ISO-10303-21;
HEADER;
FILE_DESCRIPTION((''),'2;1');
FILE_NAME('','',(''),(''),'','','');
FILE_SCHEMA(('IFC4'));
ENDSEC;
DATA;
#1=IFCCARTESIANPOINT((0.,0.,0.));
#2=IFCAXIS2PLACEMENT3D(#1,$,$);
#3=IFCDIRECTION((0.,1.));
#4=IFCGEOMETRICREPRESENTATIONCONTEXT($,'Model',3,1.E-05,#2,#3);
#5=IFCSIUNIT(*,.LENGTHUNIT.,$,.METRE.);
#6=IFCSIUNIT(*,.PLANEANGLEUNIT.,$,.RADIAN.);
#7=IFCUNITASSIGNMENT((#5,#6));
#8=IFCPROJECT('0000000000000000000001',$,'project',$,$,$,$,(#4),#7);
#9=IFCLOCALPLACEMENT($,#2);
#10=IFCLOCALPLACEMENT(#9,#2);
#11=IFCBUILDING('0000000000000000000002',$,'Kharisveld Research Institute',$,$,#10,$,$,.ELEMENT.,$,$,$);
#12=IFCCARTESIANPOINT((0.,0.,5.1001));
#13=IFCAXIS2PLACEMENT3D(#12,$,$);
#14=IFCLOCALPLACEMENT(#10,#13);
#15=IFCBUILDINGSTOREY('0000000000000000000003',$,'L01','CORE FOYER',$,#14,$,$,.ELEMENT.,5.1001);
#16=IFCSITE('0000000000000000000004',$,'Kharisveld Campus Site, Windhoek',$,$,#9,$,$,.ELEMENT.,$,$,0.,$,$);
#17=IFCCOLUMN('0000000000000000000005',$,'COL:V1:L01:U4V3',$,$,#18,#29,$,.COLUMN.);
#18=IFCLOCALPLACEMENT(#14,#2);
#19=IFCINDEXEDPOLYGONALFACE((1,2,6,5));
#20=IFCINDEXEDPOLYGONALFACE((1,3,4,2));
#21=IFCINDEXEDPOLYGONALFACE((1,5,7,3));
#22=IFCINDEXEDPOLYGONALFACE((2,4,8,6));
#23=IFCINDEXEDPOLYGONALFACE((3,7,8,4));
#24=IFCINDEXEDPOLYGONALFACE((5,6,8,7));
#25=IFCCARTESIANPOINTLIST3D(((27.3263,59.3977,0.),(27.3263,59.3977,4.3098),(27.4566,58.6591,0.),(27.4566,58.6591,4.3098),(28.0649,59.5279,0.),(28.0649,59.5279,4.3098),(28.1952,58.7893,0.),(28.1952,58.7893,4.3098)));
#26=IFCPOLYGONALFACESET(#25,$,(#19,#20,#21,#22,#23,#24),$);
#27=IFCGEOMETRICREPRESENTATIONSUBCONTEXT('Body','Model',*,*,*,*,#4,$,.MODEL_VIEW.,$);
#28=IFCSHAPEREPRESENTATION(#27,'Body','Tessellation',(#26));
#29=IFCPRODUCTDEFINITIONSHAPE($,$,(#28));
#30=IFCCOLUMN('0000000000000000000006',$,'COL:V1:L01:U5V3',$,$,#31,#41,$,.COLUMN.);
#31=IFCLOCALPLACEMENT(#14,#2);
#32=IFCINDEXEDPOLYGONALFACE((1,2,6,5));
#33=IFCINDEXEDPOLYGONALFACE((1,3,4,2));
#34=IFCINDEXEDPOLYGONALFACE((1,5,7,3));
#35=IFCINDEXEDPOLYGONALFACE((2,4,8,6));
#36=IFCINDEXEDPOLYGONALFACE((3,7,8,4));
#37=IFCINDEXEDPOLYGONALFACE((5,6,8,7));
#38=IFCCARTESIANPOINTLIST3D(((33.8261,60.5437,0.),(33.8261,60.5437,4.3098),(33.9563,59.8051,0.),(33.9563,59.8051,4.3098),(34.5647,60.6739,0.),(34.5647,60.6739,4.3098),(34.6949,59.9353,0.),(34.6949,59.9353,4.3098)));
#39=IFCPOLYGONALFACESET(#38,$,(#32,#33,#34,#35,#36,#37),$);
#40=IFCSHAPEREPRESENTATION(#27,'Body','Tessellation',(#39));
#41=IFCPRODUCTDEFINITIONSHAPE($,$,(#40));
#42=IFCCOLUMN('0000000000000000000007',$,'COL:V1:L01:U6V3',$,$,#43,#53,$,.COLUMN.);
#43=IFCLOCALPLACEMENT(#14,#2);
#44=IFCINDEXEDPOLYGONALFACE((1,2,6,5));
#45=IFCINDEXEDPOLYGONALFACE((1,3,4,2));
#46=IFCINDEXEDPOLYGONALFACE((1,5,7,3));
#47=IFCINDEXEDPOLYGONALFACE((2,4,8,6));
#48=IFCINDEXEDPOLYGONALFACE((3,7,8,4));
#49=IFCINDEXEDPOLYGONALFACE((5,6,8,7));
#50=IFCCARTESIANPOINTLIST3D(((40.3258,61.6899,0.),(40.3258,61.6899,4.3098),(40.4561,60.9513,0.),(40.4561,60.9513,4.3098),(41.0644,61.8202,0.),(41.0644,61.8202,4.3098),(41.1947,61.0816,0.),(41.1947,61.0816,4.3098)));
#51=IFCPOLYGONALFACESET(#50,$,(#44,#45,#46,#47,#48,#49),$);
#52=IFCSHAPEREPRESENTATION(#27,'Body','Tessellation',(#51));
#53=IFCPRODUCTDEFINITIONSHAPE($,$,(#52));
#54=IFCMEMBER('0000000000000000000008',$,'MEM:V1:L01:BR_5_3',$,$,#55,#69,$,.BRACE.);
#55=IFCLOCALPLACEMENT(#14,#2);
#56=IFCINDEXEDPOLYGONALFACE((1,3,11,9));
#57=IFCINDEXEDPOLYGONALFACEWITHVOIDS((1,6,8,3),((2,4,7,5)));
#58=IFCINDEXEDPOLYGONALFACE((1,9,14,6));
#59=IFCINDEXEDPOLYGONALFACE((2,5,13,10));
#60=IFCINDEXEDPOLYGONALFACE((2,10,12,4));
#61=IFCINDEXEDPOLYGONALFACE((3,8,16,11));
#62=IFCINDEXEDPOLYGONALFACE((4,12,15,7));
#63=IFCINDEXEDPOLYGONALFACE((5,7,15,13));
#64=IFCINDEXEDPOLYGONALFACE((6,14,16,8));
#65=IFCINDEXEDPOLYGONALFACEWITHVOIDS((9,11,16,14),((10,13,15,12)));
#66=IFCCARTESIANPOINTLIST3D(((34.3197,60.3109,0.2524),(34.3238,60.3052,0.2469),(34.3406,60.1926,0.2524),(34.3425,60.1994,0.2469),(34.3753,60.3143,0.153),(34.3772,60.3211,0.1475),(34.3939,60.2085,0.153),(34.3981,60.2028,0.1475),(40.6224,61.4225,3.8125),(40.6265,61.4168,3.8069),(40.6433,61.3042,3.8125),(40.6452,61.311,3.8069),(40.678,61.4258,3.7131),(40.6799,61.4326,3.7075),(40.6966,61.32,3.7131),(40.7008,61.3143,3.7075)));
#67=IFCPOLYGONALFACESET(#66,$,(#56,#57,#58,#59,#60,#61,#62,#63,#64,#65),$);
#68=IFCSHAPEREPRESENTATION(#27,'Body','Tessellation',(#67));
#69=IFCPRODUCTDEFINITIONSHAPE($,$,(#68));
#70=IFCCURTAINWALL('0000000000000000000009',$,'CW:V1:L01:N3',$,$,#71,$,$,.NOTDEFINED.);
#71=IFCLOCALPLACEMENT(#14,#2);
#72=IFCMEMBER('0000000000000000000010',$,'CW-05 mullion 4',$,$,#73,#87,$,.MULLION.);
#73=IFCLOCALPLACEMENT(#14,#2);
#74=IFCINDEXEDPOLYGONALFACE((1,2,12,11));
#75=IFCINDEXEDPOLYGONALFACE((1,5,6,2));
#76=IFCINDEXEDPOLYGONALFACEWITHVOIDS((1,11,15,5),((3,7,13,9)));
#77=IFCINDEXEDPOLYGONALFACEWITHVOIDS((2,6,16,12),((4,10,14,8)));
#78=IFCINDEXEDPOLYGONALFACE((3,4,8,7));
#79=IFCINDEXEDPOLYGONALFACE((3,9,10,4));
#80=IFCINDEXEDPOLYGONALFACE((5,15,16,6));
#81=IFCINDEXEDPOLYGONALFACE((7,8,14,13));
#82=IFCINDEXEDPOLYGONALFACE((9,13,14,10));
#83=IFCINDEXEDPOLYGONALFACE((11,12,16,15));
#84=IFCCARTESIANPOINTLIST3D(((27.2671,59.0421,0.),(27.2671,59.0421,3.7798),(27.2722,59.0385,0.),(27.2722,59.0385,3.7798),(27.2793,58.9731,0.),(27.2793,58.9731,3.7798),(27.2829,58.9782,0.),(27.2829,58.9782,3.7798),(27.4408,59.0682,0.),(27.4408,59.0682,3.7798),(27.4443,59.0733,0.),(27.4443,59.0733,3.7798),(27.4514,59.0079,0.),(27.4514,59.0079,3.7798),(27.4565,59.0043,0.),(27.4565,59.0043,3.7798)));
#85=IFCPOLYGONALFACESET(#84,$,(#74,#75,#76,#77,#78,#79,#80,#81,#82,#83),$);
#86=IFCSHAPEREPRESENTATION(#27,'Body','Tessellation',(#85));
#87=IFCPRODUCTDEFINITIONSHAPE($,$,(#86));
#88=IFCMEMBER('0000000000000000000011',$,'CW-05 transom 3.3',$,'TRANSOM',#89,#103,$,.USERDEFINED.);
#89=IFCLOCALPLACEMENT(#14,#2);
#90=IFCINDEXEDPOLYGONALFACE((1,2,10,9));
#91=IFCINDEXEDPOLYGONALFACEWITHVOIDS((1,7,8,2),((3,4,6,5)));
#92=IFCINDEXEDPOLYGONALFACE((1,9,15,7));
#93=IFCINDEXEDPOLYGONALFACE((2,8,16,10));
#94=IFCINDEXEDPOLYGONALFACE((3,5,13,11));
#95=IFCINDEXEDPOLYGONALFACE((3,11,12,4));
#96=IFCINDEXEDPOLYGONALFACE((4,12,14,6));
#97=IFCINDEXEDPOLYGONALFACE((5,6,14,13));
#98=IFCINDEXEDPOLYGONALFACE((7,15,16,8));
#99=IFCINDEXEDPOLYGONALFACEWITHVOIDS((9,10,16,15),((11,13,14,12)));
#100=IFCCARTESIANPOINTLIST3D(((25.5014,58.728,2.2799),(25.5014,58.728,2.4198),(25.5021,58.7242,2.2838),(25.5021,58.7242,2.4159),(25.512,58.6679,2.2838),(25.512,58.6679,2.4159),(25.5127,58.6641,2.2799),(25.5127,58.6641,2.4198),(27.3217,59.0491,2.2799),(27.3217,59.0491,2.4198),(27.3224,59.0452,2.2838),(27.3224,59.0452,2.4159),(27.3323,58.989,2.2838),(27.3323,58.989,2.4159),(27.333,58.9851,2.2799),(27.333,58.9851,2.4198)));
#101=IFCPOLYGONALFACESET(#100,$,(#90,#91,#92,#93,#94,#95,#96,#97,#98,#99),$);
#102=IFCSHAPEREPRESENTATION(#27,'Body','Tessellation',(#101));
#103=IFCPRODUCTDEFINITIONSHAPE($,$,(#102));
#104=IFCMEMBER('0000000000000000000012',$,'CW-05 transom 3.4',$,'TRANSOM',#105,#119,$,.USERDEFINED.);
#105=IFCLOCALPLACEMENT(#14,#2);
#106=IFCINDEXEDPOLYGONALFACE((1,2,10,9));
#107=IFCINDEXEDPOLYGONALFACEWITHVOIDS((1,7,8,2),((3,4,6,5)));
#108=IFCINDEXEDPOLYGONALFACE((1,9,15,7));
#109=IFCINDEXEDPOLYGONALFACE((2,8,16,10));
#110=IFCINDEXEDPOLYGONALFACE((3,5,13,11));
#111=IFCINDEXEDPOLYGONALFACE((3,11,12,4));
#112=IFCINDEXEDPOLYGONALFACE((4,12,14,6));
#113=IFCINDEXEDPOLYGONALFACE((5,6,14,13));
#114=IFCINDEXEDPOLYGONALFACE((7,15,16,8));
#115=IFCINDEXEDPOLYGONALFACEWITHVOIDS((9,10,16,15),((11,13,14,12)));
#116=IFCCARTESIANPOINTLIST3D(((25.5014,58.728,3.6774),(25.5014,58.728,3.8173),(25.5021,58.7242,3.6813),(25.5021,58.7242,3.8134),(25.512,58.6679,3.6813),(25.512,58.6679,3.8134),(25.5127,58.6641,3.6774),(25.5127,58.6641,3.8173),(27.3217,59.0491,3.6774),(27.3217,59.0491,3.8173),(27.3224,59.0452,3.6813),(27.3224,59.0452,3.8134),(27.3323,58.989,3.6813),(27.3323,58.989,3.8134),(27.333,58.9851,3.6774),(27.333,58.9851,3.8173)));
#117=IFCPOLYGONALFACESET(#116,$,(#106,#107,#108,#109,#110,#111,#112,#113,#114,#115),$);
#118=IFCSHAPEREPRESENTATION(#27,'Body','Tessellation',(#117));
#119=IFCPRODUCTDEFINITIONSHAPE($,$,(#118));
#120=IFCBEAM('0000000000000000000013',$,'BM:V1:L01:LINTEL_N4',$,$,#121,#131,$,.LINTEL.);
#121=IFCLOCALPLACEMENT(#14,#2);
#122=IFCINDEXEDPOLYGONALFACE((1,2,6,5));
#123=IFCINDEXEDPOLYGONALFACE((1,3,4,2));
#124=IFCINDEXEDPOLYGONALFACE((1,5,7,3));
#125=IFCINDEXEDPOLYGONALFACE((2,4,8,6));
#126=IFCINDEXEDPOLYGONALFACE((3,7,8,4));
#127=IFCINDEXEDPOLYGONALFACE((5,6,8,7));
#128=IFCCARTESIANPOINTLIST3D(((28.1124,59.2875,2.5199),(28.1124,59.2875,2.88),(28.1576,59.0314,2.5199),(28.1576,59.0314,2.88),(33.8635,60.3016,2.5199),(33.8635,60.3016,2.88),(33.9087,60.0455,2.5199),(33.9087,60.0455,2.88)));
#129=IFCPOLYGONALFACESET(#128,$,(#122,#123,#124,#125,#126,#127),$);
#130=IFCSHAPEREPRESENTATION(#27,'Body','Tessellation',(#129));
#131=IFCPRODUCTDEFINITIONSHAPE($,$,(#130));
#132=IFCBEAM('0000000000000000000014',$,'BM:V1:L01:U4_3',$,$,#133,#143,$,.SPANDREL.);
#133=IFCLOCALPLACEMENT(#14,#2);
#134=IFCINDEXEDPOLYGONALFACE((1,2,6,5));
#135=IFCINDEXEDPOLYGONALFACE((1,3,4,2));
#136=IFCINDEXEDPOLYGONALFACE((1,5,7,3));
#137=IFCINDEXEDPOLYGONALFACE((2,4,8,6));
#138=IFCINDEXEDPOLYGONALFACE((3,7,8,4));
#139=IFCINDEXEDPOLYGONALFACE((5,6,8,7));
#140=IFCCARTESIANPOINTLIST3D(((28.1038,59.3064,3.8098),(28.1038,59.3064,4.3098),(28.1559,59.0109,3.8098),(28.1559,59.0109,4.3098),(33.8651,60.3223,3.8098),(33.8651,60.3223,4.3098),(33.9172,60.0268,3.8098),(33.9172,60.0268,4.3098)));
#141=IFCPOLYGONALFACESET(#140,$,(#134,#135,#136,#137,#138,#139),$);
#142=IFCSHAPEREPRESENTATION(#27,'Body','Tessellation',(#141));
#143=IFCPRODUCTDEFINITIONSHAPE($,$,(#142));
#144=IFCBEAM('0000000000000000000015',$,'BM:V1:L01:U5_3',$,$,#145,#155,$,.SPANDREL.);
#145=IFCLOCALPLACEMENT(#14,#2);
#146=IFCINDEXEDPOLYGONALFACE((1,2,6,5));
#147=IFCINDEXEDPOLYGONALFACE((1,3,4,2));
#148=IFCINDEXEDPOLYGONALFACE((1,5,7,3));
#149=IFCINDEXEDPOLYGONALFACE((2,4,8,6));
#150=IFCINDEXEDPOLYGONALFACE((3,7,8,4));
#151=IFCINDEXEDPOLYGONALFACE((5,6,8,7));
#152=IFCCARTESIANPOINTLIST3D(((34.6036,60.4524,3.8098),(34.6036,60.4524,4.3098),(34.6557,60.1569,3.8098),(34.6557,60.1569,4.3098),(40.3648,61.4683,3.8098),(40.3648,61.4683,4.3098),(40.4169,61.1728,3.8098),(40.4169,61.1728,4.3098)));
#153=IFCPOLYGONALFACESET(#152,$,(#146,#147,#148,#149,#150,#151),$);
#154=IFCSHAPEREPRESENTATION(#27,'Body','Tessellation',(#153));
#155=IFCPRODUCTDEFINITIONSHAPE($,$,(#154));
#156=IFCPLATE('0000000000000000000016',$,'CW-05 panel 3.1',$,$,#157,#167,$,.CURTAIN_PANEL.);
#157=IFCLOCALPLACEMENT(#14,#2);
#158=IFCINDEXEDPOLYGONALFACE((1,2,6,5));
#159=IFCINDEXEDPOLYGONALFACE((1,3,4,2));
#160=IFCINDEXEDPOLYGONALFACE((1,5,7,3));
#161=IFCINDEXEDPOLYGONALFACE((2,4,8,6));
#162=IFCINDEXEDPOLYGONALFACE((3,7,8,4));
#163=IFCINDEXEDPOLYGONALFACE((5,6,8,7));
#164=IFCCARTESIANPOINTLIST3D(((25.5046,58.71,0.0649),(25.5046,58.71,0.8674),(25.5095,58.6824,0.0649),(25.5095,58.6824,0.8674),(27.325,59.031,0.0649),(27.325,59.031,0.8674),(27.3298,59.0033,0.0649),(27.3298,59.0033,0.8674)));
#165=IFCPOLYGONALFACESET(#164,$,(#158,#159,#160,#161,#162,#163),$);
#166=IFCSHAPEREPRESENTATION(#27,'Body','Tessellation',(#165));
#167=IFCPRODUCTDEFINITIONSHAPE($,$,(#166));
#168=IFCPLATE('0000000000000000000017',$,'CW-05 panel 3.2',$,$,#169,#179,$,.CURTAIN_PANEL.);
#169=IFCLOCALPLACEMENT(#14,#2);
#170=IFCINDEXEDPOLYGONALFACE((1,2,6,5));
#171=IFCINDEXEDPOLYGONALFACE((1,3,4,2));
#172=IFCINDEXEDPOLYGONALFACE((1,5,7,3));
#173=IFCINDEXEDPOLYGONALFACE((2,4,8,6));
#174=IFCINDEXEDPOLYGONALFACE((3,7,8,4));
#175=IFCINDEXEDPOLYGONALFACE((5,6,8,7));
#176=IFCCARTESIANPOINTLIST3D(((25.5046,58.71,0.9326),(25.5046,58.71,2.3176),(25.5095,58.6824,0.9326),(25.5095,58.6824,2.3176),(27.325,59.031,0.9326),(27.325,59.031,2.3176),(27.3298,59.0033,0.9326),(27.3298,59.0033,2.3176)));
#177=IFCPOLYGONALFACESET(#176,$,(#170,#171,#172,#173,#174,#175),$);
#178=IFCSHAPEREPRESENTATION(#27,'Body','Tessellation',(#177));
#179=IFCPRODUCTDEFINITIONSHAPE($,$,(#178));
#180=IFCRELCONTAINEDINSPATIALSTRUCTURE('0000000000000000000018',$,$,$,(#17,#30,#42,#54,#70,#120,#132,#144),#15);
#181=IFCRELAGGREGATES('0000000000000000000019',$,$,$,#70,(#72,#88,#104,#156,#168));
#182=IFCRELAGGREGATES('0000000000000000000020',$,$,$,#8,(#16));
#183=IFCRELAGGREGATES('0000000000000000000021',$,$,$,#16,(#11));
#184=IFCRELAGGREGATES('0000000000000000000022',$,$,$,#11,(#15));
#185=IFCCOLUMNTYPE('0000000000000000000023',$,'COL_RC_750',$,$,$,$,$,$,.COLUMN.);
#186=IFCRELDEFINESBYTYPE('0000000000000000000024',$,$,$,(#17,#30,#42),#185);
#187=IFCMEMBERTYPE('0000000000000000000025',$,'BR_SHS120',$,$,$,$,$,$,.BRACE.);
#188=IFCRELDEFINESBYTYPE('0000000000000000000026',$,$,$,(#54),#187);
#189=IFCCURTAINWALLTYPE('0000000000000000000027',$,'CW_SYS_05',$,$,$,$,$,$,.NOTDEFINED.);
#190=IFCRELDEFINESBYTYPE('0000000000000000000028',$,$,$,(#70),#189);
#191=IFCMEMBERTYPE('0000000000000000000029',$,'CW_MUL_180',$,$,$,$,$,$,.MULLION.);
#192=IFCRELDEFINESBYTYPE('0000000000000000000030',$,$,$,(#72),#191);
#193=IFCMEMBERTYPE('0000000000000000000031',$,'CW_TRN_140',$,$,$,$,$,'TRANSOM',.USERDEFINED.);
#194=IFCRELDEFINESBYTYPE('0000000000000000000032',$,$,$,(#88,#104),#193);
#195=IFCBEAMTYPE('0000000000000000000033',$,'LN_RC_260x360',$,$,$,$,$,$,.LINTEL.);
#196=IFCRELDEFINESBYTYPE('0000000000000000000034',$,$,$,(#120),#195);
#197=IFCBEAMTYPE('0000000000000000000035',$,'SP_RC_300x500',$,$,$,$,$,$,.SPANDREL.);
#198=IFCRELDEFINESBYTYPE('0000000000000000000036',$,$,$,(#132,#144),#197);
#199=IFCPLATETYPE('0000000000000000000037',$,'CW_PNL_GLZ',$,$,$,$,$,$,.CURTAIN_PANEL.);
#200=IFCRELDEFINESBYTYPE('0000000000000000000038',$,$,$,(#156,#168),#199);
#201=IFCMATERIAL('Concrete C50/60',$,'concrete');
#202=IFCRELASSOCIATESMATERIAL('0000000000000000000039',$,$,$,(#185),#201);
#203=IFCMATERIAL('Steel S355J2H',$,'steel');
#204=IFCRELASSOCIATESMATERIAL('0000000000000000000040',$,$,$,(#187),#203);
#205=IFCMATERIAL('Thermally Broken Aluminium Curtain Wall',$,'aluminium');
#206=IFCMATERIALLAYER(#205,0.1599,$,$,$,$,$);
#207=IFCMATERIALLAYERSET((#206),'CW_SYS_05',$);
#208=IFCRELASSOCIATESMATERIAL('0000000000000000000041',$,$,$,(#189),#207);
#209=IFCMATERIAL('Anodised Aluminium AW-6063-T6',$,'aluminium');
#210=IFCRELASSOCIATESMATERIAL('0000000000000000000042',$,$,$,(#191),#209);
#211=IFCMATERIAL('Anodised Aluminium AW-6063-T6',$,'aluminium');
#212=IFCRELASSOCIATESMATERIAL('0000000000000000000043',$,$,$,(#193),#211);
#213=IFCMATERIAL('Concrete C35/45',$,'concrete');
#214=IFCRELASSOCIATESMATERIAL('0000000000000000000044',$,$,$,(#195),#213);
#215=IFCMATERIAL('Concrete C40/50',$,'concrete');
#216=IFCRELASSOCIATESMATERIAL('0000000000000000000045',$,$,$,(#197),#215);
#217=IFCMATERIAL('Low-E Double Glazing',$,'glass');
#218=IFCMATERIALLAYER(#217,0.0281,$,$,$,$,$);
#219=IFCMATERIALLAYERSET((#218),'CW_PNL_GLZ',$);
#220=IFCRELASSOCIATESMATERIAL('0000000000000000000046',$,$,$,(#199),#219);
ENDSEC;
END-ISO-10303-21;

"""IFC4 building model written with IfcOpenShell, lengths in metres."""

from ifc_helpers import new_model, si_unit, direction, frame, origin, origin_2d, place, context, subcontext, project, spatial, rectangle, hollow_rectangle, extrude, material, layer, layer_set, material_profile, profile_set, type_object, element, aggregate, save


model = new_model("IFC4")

# Units and contexts
model_context = context("Model", 3, precision=1e-05, world=origin(), true_north=direction((0.0, 1.0)))
body_context = subcontext(model_context, "Body", "Model", "MODEL_VIEW")
ifc_project = project(units=[si_unit("LENGTHUNIT", "METRE"), si_unit("PLANEANGLEUNIT", "RADIAN")], contexts=[model_context])

# Site, building, storey
site_placement = place(None, origin())
site = spatial("IfcSite", under=ifc_project, at=site_placement, Name="Kharisveld Campus Site, Windhoek", CompositionType="ELEMENT", RefElevation=0.0)
building_placement = place(site_placement, origin())
building = spatial("IfcBuilding", under=site, at=building_placement, Name="Kharisveld Research Institute", CompositionType="ELEMENT")
storey_placement = place(building_placement, frame((0.0, 0.0, 5.1001)))
storey = spatial("IfcBuildingStorey", under=building, at=storey_placement, Name="L01", Description="CORE FOYER", CompositionType="ELEMENT", Elevation=5.1001)

# Columns
ifc_material_1 = material(Name="Concrete C50/60", Category="concrete")
ifc_material_profile_1 = material_profile(ifc_material_1, rectangle(XDim=0.75, YDim=0.75, at=origin_2d()))
ifc_profile_set_1 = profile_set([ifc_material_profile_1], Name="Concrete C50/60")
column_type = type_object("IfcColumnType", Name="COL_RC_750", PredefinedType="COLUMN", material=ifc_profile_set_1)
for number, where, z_axis, x_axis, name in (
    (1, (27.7607, 59.0935, 0.0), (0.0, 0.0, 1.0), (0.984808, 0.173648, 0.0), "COL:V1:L01:U4V3"),
    (2, (34.2605, 60.2395, 0.0), (0.0, 0.0, 1.0), (0.984808, 0.173648, 0.0), "COL:V1:L01:U5V3"),
    (3, (40.7603, 61.3857, 0.0), (0.0, 0.0, 1.0), (0.984808, 0.173648, 0.0), "COL:V1:L01:U6V3"),
):
    element("IfcColumn", number, at=place(storey_placement, frame(where, z_axis=z_axis, x_axis=x_axis)), inside=storey, type_object=column_type, Name=name, PredefinedType="COLUMN", context=body_context, shape_type="SweptSolid", body=[
        extrude(rectangle(XDim=0.75, YDim=0.75, at=origin_2d()), origin(), (0.0, 0.0, 1.0), 4.3098),
    ])

# Member
ifc_material_2 = material(Name="Steel S355J2H", Category="steel")
ifc_material_profile_2 = material_profile(ifc_material_2, hollow_rectangle(XDim=0.1201, YDim=0.1201, WallThickness=0.0063, at=origin_2d()))
ifc_profile_set_2 = profile_set([ifc_material_profile_2], Name="Steel S355J2H")
member_type_1 = type_object("IfcMemberType", Name="BR_SHS120", PredefinedType="BRACE", material=ifc_profile_set_2)
member_1_placement = place(storey_placement, frame((34.3589, 60.2568, 0.2), z_axis=(0.860614, 0.151781, 0.486112), x_axis=(-0.173683, 0.984802, 0.0)))
element("IfcMember", 4, at=member_1_placement, inside=storey, type_object=member_type_1, Name="MEM:V1:L01:BR_5_3", PredefinedType="BRACE", context=body_context, shape_type="SweptSolid", body=[
    extrude(hollow_rectangle(XDim=0.1201, YDim=0.1201, WallThickness=0.0063, at=origin_2d()), origin(), (0.0, 0.0, 1.0), 7.3235),
])

# Curtain wall, members
ifc_material_3 = material(Name="Thermally Broken Aluminium Curtain Wall", Category="aluminium")
ifc_layer_1 = layer(ifc_material_3, 0.1599)
ifc_layer_set_1 = layer_set([ifc_layer_1], Name="CW_SYS_05")
curtain_wall_type = type_object("IfcCurtainWallType", Name="CW_SYS_05", PredefinedType="NOTDEFINED", material=ifc_layer_set_1)
curtain_wall_placement = place(storey_placement, origin())
curtain_wall = element("IfcCurtainWall", 5, at=curtain_wall_placement, inside=storey, type_object=curtain_wall_type, Name="CW:V1:L01:N3", PredefinedType="NOTDEFINED")
ifc_material_4 = material(Name="Anodised Aluminium AW-6063-T6", Category="aluminium")
ifc_material_profile_3 = material_profile(ifc_material_4, hollow_rectangle(XDim=0.0701, YDim=0.1799, WallThickness=0.0044, at=origin_2d()))
ifc_profile_set_3 = profile_set([ifc_material_profile_3], Name="Anodised Aluminium AW-6063-T6")
member_type_2 = type_object("IfcMemberType", Name="CW_MUL_180", PredefinedType="MULLION", material=ifc_profile_set_3)
member_2_placement = place(storey_placement, frame((27.3618, 59.0232, 0.0), z_axis=(0.0, 0.0, 1.0), x_axis=(-0.173648, 0.984808, 0.0)))
member_2 = element("IfcMember", 6, at=member_2_placement, type_object=member_type_2, Name="CW-05 mullion 4", PredefinedType="MULLION", context=body_context, shape_type="SweptSolid", body=[
    extrude(hollow_rectangle(XDim=0.0701, YDim=0.1799, WallThickness=0.0044, at=origin_2d()), origin(), (0.0, 0.0, 1.0), 3.7798),
])
ifc_material_5 = material(Name="Anodised Aluminium AW-6063-T6", Category="aluminium")
ifc_material_profile_4 = material_profile(ifc_material_5, hollow_rectangle(XDim=0.0649, YDim=0.1399, WallThickness=0.0039, at=origin_2d()))
ifc_profile_set_4 = profile_set([ifc_material_profile_4], Name="Anodised Aluminium AW-6063-T6")
member_type_3 = type_object("IfcMemberType", Name="CW_TRN_140", ElementType="TRANSOM", PredefinedType="USERDEFINED", material=ifc_profile_set_4)
member_3_placement = place(storey_placement, frame((25.5071, 58.696, 2.3499), z_axis=(0.984801, 0.173687, 0.0), x_axis=(-0.173687, 0.984801, 0.0)))
member_3 = element("IfcMember", 7, at=member_3_placement, type_object=member_type_3, Name="CW-05 transom 3.3", ObjectType="TRANSOM", PredefinedType="USERDEFINED", context=body_context, shape_type="SweptSolid", body=[
    extrude(hollow_rectangle(XDim=0.0649, YDim=0.1399, WallThickness=0.0039, at=origin_2d()), origin(), (0.0, 0.0, 1.0), 1.8484),
])
member_4_placement = place(storey_placement, frame((25.5071, 58.696, 3.7473), z_axis=(0.984801, 0.173687, 0.0), x_axis=(-0.173687, 0.984801, 0.0)))
member_4 = element("IfcMember", 8, at=member_4_placement, type_object=member_type_3, Name="CW-05 transom 3.4", ObjectType="TRANSOM", PredefinedType="USERDEFINED", context=body_context, shape_type="SweptSolid", body=[
    extrude(hollow_rectangle(XDim=0.0649, YDim=0.1399, WallThickness=0.0039, at=origin_2d()), origin(), (0.0, 0.0, 1.0), 1.8484),
])

# Beams
ifc_material_6 = material(Name="Concrete C35/45", Category="concrete")
ifc_material_profile_5 = material_profile(ifc_material_6, rectangle(XDim=0.26, YDim=0.3601, at=origin_2d()))
ifc_profile_set_5 = profile_set([ifc_material_profile_5], Name="Concrete C35/45")
beam_type_1 = type_object("IfcBeamType", Name="LN_RC_260x360", PredefinedType="LINTEL", material=ifc_profile_set_5)
beam_placement = place(storey_placement, frame((28.135, 59.1594, 2.7), z_axis=(0.984806, 0.173659, 0.0), x_axis=(-0.173659, 0.984806, 0.0)))
element("IfcBeam", 9, at=beam_placement, inside=storey, type_object=beam_type_1, Name="BM:V1:L01:LINTEL_N4", PredefinedType="LINTEL", context=body_context, shape_type="SweptSolid", body=[
    extrude(rectangle(XDim=0.26, YDim=0.3601, at=origin_2d()), origin(), (0.0, 0.0, 1.0), 5.8398),
])
ifc_material_7 = material(Name="Concrete C40/50", Category="concrete")
ifc_material_profile_6 = material_profile(ifc_material_7, rectangle(XDim=0.3, YDim=0.5, at=origin_2d()))
ifc_profile_set_6 = profile_set([ifc_material_profile_6], Name="Concrete C40/50")
beam_type_2 = type_object("IfcBeamType", Name="SP_RC_300x500", PredefinedType="SPANDREL", material=ifc_profile_set_6)
for number, where, z_axis, x_axis, name in (
    (10, (28.1299, 59.1587, 4.0598), (0.984807, 0.17365, 0.0), (-0.17365, 0.984807, 0.0), "BM:V1:L01:U4_3"),
    (11, (34.6296, 60.3047, 4.0598), (0.984807, 0.17365, 0.0), (-0.17365, 0.984807, 0.0), "BM:V1:L01:U5_3"),
):
    element("IfcBeam", number, at=place(storey_placement, frame(where, z_axis=z_axis, x_axis=x_axis)), inside=storey, type_object=beam_type_2, Name=name, PredefinedType="SPANDREL", context=body_context, shape_type="SweptSolid", body=[
        extrude(rectangle(XDim=0.3, YDim=0.5, at=origin_2d()), origin(), (0.0, 0.0, 1.0), 5.8501),
    ])

# Plates
ifc_material_8 = material(Name="Low-E Double Glazing", Category="glass")
ifc_layer_2 = layer(ifc_material_8, 0.0281)
ifc_layer_set_2 = layer_set([ifc_layer_2], Name="CW_PNL_GLZ")
plate_type_1 = type_object("IfcPlateType", Name="CW_PNL_GLZ", PredefinedType="CURTAIN_PANEL", material=ifc_layer_set_2)
plate_1_placement = place(storey_placement, frame((26.4172, 58.8567, 0.0649), z_axis=(0.0, 0.0, 1.0), x_axis=(0.984808, 0.173648, 0.0)))
plate_1 = element("IfcPlate", 12, at=plate_1_placement, type_object=plate_type_1, Name="CW-05 panel 3.1", PredefinedType="CURTAIN_PANEL", context=body_context, shape_type="SweptSolid", body=[
    extrude(rectangle(XDim=1.8484, YDim=0.0281, at=origin_2d()), origin(), (0.0, 0.0, 1.0), 0.8025),
])
plate_2_placement = place(storey_placement, frame((26.4172, 58.8567, 0.9326), z_axis=(0.0, 0.0, 1.0), x_axis=(0.984808, 0.173648, 0.0)))
plate_2 = element("IfcPlate", 13, at=plate_2_placement, type_object=plate_type_1, Name="CW-05 panel 3.2", PredefinedType="CURTAIN_PANEL", context=body_context, shape_type="SweptSolid", body=[
    extrude(rectangle(XDim=1.8484, YDim=0.0281, at=origin_2d()), origin(), (0.0, 0.0, 1.0), 1.385),
])
aggregate(curtain_wall, [member_2, member_3, member_4, plate_1, plate_2])

save(model, "model.ifc")
